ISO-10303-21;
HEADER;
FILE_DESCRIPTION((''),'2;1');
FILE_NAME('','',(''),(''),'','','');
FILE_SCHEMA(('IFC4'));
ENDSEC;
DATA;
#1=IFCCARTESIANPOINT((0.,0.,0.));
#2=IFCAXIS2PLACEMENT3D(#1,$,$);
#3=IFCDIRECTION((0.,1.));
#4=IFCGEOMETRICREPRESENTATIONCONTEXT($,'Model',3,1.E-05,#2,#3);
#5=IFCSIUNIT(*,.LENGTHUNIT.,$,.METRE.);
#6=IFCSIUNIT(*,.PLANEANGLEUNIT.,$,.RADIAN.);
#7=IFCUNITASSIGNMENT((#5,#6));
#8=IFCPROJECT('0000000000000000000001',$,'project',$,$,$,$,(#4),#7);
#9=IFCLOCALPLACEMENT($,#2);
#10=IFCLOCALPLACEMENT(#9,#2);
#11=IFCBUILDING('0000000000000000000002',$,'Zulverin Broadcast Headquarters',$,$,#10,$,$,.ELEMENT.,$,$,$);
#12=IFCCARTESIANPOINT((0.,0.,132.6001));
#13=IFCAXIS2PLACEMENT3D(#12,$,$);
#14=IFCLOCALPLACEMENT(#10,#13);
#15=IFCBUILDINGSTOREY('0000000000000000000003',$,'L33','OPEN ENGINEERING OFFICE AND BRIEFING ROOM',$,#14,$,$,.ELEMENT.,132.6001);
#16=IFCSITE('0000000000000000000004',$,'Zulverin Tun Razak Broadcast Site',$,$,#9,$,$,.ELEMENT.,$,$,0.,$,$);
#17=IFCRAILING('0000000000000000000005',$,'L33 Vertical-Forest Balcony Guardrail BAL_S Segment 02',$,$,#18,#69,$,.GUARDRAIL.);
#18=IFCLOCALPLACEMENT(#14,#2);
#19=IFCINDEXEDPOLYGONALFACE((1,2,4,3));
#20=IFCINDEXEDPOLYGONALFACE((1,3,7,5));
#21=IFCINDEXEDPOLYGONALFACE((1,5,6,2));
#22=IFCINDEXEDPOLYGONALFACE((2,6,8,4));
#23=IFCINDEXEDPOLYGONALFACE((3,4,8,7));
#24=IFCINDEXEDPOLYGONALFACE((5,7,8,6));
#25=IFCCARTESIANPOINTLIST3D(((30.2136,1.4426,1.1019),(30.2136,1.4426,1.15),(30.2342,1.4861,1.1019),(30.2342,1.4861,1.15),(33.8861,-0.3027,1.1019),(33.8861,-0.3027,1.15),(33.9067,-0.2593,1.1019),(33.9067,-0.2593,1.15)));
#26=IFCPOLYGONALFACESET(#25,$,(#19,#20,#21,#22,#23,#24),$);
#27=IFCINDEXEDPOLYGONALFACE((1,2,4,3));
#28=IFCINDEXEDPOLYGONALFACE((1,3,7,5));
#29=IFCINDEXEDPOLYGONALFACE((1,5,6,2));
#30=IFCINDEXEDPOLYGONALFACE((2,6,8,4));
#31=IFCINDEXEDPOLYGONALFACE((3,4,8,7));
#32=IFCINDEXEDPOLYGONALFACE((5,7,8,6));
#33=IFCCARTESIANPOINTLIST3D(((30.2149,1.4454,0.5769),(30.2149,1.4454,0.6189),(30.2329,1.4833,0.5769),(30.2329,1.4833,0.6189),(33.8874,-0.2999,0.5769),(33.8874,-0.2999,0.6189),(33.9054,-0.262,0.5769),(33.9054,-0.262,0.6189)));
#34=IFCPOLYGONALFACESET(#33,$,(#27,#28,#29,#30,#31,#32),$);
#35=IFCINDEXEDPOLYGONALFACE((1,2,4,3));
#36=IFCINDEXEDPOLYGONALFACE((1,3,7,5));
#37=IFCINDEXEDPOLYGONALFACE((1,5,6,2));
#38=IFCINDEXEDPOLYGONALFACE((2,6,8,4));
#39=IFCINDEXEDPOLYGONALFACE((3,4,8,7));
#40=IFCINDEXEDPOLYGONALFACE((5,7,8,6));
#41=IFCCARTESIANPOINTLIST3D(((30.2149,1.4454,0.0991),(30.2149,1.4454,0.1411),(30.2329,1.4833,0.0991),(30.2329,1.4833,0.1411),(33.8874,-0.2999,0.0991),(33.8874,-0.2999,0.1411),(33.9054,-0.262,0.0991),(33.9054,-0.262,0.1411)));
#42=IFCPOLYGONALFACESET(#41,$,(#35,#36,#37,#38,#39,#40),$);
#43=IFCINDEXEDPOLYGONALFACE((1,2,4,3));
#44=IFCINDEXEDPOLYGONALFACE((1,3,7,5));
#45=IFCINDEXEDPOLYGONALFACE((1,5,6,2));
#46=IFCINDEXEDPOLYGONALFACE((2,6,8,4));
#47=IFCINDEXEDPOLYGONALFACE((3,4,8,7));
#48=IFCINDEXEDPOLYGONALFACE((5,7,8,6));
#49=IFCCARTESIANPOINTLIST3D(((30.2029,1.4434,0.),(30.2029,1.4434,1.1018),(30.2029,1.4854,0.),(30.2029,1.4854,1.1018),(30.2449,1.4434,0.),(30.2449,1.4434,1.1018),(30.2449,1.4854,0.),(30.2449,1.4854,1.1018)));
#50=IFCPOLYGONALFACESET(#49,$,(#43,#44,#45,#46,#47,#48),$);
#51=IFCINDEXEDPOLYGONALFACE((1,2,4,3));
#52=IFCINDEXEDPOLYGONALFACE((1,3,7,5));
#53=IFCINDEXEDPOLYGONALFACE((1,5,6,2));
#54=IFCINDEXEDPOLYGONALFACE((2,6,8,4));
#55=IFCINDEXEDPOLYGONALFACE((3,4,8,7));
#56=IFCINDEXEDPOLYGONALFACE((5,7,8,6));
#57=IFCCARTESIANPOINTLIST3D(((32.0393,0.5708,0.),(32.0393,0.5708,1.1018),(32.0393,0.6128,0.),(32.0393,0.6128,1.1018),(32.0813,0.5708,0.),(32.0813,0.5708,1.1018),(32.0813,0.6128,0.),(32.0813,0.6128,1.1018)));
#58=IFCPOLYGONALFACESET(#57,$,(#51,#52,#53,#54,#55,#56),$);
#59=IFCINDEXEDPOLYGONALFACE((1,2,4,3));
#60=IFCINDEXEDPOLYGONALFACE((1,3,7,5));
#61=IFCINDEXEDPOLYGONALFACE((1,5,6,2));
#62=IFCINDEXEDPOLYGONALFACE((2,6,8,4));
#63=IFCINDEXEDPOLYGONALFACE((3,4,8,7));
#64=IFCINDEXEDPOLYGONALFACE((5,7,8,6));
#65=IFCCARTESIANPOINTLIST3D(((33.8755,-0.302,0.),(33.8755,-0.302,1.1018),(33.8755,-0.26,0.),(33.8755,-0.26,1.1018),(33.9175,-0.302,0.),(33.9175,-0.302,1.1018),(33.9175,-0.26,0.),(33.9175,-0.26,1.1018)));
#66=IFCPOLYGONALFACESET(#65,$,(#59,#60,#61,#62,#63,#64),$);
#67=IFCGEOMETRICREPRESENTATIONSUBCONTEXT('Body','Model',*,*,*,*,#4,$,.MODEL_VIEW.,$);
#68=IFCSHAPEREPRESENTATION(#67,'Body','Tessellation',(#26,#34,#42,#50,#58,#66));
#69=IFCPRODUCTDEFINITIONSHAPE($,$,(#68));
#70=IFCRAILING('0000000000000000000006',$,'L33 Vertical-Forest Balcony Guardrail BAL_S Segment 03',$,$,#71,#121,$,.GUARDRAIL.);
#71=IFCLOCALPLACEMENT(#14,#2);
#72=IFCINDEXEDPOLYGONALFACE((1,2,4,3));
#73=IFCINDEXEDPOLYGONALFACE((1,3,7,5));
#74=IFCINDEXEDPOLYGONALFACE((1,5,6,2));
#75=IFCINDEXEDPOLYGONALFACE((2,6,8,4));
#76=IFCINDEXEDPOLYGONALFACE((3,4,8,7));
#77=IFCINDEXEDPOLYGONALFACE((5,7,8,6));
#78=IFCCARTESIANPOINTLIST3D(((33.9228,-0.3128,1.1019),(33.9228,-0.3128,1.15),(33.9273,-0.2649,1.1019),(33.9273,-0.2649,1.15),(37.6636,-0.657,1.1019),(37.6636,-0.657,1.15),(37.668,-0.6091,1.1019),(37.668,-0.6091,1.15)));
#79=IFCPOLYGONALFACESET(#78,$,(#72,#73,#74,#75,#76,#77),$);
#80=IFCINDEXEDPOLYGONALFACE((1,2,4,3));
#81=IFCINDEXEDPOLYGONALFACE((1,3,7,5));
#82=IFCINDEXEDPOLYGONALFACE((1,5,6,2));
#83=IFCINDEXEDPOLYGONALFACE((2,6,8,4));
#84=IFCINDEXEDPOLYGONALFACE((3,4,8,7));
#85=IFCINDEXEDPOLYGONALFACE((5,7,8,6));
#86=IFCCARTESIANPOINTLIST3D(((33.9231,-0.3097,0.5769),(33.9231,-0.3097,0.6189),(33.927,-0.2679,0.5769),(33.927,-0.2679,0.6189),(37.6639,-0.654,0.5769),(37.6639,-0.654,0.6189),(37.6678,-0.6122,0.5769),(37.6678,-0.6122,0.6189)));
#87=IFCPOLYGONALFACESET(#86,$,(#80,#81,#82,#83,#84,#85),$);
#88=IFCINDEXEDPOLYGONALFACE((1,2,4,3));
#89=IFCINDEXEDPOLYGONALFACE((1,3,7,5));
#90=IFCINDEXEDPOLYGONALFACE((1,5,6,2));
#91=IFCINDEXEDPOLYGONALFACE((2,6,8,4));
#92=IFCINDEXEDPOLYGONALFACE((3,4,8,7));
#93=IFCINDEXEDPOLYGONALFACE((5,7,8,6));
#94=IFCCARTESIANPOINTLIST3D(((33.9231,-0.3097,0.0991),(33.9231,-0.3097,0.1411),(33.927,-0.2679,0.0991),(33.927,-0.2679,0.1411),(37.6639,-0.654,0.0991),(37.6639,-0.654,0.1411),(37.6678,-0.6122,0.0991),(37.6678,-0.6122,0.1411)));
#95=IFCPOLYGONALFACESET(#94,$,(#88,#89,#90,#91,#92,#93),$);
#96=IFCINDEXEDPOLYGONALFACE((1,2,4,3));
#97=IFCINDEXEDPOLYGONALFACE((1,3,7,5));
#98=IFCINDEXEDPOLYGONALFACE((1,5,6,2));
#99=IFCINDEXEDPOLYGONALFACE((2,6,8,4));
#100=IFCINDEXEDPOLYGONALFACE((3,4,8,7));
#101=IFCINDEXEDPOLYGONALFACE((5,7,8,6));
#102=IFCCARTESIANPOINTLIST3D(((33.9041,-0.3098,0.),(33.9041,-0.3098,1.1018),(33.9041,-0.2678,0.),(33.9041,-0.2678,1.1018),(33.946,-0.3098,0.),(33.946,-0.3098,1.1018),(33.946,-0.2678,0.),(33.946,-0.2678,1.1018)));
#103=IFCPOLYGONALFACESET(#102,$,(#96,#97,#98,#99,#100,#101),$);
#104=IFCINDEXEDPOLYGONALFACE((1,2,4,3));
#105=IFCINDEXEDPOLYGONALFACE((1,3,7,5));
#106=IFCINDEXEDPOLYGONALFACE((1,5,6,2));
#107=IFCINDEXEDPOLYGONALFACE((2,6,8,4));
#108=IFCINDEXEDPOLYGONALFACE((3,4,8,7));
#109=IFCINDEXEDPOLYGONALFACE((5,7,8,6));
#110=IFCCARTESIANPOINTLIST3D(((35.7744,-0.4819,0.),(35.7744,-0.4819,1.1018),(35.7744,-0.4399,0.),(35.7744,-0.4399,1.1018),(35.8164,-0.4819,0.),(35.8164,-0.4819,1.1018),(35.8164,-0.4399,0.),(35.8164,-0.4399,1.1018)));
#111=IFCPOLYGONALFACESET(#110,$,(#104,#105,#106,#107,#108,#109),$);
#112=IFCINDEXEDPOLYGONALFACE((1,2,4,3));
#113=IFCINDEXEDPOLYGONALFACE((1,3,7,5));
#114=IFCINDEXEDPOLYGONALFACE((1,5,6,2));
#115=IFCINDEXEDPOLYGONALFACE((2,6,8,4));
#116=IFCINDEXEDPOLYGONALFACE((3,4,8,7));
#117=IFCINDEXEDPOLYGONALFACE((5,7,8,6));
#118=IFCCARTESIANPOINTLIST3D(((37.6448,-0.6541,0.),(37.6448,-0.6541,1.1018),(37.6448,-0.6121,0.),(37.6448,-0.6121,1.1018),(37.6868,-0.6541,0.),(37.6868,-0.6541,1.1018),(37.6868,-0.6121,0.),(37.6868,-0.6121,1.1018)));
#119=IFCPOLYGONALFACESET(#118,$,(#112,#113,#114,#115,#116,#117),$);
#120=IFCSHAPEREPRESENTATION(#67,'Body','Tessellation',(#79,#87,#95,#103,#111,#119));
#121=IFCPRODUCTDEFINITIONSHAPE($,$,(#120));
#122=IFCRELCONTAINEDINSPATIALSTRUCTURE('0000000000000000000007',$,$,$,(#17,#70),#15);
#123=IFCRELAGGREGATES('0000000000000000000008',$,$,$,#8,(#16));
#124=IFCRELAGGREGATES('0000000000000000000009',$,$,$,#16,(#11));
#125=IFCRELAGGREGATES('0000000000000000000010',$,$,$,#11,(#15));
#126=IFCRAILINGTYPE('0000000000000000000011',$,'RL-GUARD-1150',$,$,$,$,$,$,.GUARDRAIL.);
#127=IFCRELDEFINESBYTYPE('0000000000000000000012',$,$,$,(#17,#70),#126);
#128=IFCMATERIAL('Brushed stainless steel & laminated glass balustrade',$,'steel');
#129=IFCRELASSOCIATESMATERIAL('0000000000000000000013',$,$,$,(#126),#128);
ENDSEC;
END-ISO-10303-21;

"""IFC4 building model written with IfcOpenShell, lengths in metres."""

from ifc_helpers import new_model, si_unit, direction, frame, origin, origin_2d, place, context, subcontext, project, spatial, rectangle, extrude, material, type_object, element, save


model = new_model("IFC4")

# Units and contexts
model_context = context("Model", 3, precision=1e-05, world=origin(), true_north=direction((0.0, 1.0)))
body_context = subcontext(model_context, "Body", "Model", "MODEL_VIEW")
ifc_project = project(units=[si_unit("LENGTHUNIT", "METRE"), si_unit("PLANEANGLEUNIT", "RADIAN")], contexts=[model_context])

# Site, building, storey
site_placement = place(None, origin())
site = spatial("IfcSite", under=ifc_project, at=site_placement, Name="Zulverin Tun Razak Broadcast Site", CompositionType="ELEMENT", RefElevation=0.0)
building_placement = place(site_placement, origin())
building = spatial("IfcBuilding", under=site, at=building_placement, Name="Zulverin Broadcast Headquarters", CompositionType="ELEMENT")
storey_placement = place(building_placement, frame((0.0, 0.0, 132.6001)))
storey = spatial("IfcBuildingStorey", under=building, at=storey_placement, Name="L33", Description="OPEN ENGINEERING OFFICE AND BRIEFING ROOM", CompositionType="ELEMENT", Elevation=132.6001)

# Railings
ifc_material_1 = material(Name="Brushed stainless steel & laminated glass balustrade", Category="steel")
railing_type = type_object("IfcRailingType", Name="RL-GUARD-1150", PredefinedType="GUARDRAIL", material=ifc_material_1)
railing_1_placement = place(storey_placement, frame((30.2239, 1.4644, 0.0)))
element("IfcRailing", 1, at=railing_1_placement, inside=storey, type_object=railing_type, Name="L33 Vertical-Forest Balcony Guardrail BAL_S Segment 02", PredefinedType="GUARDRAIL", context=body_context, shape_type="SweptSolid", body=[
    extrude(rectangle(XDim=0.0481, YDim=0.0481, at=origin_2d()), frame((0.0, 0.0, 1.126), z_axis=(0.903194, -0.429232, 0.0), x_axis=(0.429232, 0.903194, 0.0)), (0.0, 0.0, 1.0), 4.0662),
    extrude(rectangle(XDim=0.042, YDim=0.042, at=origin_2d()), frame((0.0, 0.0, 0.5979), z_axis=(0.903194, -0.429232, 0.0), x_axis=(0.429232, 0.903194, 0.0)), (0.0, 0.0, 1.0), 4.0662),
    extrude(rectangle(XDim=0.042, YDim=0.042, at=origin_2d()), frame((0.0, 0.0, 0.1201), z_axis=(0.903194, -0.429232, 0.0), x_axis=(0.429232, 0.903194, 0.0)), (0.0, 0.0, 1.0), 4.0662),
    extrude(rectangle(XDim=0.042, YDim=0.042, at=origin_2d()), origin(), (0.0, 0.0, 1.0), 1.1018),
    extrude(rectangle(XDim=0.042, YDim=0.042, at=origin_2d()), frame((1.8364, -0.8726, 0.0)), (0.0, 0.0, 1.0), 1.1018),
    extrude(rectangle(XDim=0.042, YDim=0.042, at=origin_2d()), frame((3.6726, -1.7454, 0.0)), (0.0, 0.0, 1.0), 1.1018),
])
railing_2_placement = place(storey_placement, frame((33.925, -0.2888, 0.0)))
element("IfcRailing", 2, at=railing_2_placement, inside=storey, type_object=railing_type, Name="L33 Vertical-Forest Balcony Guardrail BAL_S Segment 03", PredefinedType="GUARDRAIL", context=body_context, shape_type="SweptSolid", body=[
    extrude(rectangle(XDim=0.0481, YDim=0.0481, at=origin_2d()), frame((0.0, 0.0, 1.126), z_axis=(0.995792, -0.091637, 0.0), x_axis=(0.091637, 0.995792, 0.0)), (0.0, 0.0, 1.0), 3.7566),
    extrude(rectangle(XDim=0.042, YDim=0.042, at=origin_2d()), frame((0.0, 0.0, 0.5979), z_axis=(0.995792, -0.091637, 0.0), x_axis=(0.091637, 0.995792, 0.0)), (0.0, 0.0, 1.0), 3.7566),
    extrude(rectangle(XDim=0.042, YDim=0.042, at=origin_2d()), frame((0.0, 0.0, 0.1201), z_axis=(0.995792, -0.091637, 0.0), x_axis=(0.091637, 0.995792, 0.0)), (0.0, 0.0, 1.0), 3.7566),
    extrude(rectangle(XDim=0.042, YDim=0.042, at=origin_2d()), origin(), (0.0, 0.0, 1.0), 1.1018),
    extrude(rectangle(XDim=0.042, YDim=0.042, at=origin_2d()), frame((1.8704, -0.1721, 0.0)), (0.0, 0.0, 1.0), 1.1018),
    extrude(rectangle(XDim=0.042, YDim=0.042, at=origin_2d()), frame((3.7407, -0.3442, 0.0)), (0.0, 0.0, 1.0), 1.1018),
])

save(model, "model.ifc")
